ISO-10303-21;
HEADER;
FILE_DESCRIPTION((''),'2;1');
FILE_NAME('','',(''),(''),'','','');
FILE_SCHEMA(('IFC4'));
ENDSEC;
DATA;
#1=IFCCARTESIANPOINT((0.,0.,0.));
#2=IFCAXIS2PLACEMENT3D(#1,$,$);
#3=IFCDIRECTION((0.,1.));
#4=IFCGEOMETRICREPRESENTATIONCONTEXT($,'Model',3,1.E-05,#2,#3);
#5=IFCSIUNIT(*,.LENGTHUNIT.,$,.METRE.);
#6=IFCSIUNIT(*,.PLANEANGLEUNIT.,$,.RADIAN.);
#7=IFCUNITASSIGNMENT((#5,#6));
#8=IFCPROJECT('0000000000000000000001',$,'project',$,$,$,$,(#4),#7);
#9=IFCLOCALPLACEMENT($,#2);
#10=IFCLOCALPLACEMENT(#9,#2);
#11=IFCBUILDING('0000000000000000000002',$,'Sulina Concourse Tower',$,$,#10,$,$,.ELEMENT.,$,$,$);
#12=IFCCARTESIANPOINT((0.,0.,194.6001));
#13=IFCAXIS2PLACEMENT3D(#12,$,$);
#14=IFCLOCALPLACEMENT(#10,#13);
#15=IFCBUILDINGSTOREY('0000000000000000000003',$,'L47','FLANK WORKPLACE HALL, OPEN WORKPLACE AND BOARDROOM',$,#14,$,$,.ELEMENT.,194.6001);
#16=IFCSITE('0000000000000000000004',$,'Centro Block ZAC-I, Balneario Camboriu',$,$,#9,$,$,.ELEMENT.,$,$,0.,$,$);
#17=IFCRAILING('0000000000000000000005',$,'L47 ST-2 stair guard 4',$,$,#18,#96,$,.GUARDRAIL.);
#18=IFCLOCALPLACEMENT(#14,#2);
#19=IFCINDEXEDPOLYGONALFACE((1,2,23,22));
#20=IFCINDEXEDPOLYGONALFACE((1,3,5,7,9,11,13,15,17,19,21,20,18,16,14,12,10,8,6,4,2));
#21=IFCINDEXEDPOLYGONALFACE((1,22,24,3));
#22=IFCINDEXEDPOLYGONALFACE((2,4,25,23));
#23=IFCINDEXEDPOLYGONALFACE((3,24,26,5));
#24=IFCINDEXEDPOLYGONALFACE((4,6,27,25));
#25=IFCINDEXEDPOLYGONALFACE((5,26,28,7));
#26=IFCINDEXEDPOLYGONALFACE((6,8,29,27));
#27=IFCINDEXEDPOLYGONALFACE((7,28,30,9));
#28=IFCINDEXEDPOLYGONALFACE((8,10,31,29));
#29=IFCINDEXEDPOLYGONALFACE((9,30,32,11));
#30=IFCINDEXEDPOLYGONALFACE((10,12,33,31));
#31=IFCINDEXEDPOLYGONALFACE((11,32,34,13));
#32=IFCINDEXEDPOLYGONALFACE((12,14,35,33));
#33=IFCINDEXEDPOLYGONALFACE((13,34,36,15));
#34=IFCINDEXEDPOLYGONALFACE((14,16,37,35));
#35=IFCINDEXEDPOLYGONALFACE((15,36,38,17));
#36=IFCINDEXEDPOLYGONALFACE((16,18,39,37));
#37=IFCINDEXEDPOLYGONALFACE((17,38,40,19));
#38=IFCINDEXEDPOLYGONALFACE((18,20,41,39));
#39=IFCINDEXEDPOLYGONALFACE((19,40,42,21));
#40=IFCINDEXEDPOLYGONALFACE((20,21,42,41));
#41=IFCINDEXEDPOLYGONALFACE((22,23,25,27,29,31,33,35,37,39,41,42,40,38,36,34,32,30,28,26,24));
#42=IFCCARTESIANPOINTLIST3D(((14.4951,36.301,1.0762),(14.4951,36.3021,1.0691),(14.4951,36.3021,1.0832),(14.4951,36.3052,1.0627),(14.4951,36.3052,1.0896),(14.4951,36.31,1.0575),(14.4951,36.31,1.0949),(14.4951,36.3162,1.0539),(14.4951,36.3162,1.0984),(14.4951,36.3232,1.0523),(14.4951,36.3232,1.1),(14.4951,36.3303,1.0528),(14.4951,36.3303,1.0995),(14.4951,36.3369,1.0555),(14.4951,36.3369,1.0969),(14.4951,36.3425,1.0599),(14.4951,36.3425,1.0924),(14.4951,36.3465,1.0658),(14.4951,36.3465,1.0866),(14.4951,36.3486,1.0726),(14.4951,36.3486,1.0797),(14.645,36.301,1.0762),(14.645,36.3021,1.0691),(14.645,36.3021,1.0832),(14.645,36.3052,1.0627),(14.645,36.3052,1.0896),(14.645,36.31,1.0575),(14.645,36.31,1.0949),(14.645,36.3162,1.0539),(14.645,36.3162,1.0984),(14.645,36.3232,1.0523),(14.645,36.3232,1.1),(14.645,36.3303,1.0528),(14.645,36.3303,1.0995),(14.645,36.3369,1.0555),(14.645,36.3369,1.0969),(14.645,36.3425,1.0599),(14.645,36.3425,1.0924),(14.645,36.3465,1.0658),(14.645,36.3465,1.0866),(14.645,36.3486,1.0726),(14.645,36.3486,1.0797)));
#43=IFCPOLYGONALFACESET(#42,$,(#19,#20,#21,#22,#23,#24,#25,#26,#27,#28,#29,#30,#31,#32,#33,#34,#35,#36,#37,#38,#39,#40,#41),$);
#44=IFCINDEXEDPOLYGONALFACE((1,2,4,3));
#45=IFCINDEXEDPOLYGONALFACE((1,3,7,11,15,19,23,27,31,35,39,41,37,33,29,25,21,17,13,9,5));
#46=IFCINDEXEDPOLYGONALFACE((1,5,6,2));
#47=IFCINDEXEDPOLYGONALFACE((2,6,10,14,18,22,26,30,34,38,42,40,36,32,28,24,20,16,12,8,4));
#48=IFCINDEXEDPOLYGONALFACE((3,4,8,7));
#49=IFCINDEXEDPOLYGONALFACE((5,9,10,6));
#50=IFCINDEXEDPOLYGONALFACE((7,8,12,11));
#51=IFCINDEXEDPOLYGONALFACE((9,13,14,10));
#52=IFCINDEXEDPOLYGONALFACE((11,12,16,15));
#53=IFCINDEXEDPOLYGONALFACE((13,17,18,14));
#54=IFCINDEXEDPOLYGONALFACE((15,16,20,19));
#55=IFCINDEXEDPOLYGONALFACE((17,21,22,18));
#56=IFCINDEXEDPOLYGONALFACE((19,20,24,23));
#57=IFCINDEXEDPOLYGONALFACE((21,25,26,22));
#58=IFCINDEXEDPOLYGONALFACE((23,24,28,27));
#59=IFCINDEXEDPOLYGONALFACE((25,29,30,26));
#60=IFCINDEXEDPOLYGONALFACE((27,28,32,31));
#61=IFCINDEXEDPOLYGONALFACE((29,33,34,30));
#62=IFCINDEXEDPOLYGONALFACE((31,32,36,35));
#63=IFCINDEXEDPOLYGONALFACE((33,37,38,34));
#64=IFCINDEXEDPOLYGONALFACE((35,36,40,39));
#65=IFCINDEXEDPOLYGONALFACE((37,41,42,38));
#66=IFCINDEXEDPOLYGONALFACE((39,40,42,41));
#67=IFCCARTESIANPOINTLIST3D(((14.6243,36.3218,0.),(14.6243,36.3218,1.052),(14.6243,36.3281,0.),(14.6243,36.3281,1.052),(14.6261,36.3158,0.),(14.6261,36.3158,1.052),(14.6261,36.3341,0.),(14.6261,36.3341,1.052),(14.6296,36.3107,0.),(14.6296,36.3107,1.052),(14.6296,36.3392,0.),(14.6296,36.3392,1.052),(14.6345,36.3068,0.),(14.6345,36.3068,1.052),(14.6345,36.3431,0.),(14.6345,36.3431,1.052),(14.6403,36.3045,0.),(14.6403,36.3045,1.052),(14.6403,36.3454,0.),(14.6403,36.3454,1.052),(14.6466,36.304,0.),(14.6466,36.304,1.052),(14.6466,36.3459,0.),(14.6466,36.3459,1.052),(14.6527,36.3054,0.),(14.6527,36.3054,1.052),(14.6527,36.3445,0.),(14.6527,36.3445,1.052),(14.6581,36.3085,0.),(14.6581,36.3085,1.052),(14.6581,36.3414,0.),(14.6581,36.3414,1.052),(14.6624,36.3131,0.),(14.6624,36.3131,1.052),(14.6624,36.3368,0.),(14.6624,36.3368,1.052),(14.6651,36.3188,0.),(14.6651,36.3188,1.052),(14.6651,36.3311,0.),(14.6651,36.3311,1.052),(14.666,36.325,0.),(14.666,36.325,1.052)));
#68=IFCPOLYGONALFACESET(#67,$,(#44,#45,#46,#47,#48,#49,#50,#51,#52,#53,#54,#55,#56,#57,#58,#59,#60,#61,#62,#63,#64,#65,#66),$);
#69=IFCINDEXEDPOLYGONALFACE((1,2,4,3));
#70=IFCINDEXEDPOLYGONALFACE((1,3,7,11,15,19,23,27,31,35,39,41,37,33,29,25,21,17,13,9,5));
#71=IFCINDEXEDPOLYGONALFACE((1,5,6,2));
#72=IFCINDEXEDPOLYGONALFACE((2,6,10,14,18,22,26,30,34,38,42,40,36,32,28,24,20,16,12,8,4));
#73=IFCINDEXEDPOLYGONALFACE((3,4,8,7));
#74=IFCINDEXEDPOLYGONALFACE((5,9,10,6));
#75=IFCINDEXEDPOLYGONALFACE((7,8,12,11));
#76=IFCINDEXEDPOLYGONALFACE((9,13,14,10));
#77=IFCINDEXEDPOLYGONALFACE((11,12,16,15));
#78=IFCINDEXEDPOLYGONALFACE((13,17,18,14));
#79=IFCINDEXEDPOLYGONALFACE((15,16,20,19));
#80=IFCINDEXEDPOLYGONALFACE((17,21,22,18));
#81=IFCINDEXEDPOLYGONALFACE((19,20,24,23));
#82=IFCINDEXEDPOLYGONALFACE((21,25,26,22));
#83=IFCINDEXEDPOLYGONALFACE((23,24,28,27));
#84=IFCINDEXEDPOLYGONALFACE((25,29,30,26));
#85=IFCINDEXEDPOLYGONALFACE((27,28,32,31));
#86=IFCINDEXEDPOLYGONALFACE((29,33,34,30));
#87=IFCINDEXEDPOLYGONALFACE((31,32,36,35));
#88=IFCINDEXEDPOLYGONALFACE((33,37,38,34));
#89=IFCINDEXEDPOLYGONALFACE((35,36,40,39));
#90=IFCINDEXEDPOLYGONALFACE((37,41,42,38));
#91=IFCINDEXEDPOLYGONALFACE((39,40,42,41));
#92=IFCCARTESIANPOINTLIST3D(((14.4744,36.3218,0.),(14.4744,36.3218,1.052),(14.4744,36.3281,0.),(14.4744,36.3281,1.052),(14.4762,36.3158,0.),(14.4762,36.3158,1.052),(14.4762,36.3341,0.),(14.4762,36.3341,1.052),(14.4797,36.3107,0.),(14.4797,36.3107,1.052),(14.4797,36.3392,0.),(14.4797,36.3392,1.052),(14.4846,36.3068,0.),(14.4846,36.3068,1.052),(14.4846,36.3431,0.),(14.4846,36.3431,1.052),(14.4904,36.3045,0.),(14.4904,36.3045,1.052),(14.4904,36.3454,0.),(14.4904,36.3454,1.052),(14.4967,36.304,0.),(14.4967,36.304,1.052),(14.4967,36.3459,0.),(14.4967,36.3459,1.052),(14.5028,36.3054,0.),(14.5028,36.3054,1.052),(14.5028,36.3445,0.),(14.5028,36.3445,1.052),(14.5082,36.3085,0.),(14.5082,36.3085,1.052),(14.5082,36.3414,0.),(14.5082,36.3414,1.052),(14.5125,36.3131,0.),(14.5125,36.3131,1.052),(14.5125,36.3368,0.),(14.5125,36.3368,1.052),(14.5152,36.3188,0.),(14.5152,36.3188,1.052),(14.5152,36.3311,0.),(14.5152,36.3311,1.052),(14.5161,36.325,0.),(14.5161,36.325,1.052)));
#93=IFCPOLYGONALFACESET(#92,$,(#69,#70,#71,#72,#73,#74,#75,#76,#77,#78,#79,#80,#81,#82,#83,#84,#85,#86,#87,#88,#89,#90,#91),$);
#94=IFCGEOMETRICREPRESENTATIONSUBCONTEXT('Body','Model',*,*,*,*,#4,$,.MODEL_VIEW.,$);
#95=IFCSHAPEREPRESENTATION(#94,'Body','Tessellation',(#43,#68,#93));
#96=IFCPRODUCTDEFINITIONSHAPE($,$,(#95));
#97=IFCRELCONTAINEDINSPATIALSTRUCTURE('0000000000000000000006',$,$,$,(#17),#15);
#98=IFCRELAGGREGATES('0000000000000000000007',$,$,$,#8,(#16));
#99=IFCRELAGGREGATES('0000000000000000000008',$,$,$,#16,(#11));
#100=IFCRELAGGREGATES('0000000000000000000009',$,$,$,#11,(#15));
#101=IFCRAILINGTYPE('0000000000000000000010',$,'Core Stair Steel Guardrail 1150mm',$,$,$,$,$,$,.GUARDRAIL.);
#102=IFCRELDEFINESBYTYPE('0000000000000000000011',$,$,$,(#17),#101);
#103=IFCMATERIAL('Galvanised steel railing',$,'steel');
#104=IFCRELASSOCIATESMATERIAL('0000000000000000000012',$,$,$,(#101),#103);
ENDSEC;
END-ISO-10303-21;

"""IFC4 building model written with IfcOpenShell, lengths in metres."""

from ifc_helpers import new_model, si_unit, direction, frame, origin, origin_2d, place, context, subcontext, project, spatial, circle, extrude, material, type_object, element, save


model = new_model("IFC4")

# Units and contexts
model_context = context("Model", 3, precision=1e-05, world=origin(), true_north=direction((0.0, 1.0)))
body_context = subcontext(model_context, "Body", "Model", "MODEL_VIEW")
ifc_project = project(units=[si_unit("LENGTHUNIT", "METRE"), si_unit("PLANEANGLEUNIT", "RADIAN")], contexts=[model_context])

# Site, building, storey
site_placement = place(None, origin())
site = spatial("IfcSite", under=ifc_project, at=site_placement, Name="Centro Block ZAC-I, Balneario Camboriu", CompositionType="ELEMENT", RefElevation=0.0)
building_placement = place(site_placement, origin())
building = spatial("IfcBuilding", under=site, at=building_placement, Name="Sulina Concourse Tower", CompositionType="ELEMENT")
storey_placement = place(building_placement, frame((0.0, 0.0, 194.6001)))
storey = spatial("IfcBuildingStorey", under=building, at=storey_placement, Name="L47", Description="FLANK WORKPLACE HALL, OPEN WORKPLACE AND BOARDROOM", CompositionType="ELEMENT", Elevation=194.6001)

# Railing
ifc_material_1 = material(Name="Galvanised steel railing", Category="steel")
railing_type = type_object("IfcRailingType", Name="Core Stair Steel Guardrail 1150mm", PredefinedType="GUARDRAIL", material=ifc_material_1)
railing_placement = place(storey_placement, frame((14.645, 36.325, 0.0)))
element("IfcRailing", 1, at=railing_placement, inside=storey, type_object=railing_type, Name="L47 ST-2 stair guard 4", PredefinedType="GUARDRAIL", context=body_context, shape_type="SweptSolid", body=[
    extrude(circle(Radius=0.0239, at=origin_2d()), frame((0.0, 0.0, 1.0762), z_axis=(-1.0, 0.0, 0.0), x_axis=(0.0, -1.0, 0.0)), (0.0, 0.0, 1.0), 0.1499),
    extrude(circle(Radius=0.021, at=origin_2d()), origin(), (0.0, 0.0, 1.0), 1.052),
    extrude(circle(Radius=0.021, at=origin_2d()), frame((-0.1499, 0.0, 0.0)), (0.0, 0.0, 1.0), 1.052),
])

save(model, "model.ifc")
